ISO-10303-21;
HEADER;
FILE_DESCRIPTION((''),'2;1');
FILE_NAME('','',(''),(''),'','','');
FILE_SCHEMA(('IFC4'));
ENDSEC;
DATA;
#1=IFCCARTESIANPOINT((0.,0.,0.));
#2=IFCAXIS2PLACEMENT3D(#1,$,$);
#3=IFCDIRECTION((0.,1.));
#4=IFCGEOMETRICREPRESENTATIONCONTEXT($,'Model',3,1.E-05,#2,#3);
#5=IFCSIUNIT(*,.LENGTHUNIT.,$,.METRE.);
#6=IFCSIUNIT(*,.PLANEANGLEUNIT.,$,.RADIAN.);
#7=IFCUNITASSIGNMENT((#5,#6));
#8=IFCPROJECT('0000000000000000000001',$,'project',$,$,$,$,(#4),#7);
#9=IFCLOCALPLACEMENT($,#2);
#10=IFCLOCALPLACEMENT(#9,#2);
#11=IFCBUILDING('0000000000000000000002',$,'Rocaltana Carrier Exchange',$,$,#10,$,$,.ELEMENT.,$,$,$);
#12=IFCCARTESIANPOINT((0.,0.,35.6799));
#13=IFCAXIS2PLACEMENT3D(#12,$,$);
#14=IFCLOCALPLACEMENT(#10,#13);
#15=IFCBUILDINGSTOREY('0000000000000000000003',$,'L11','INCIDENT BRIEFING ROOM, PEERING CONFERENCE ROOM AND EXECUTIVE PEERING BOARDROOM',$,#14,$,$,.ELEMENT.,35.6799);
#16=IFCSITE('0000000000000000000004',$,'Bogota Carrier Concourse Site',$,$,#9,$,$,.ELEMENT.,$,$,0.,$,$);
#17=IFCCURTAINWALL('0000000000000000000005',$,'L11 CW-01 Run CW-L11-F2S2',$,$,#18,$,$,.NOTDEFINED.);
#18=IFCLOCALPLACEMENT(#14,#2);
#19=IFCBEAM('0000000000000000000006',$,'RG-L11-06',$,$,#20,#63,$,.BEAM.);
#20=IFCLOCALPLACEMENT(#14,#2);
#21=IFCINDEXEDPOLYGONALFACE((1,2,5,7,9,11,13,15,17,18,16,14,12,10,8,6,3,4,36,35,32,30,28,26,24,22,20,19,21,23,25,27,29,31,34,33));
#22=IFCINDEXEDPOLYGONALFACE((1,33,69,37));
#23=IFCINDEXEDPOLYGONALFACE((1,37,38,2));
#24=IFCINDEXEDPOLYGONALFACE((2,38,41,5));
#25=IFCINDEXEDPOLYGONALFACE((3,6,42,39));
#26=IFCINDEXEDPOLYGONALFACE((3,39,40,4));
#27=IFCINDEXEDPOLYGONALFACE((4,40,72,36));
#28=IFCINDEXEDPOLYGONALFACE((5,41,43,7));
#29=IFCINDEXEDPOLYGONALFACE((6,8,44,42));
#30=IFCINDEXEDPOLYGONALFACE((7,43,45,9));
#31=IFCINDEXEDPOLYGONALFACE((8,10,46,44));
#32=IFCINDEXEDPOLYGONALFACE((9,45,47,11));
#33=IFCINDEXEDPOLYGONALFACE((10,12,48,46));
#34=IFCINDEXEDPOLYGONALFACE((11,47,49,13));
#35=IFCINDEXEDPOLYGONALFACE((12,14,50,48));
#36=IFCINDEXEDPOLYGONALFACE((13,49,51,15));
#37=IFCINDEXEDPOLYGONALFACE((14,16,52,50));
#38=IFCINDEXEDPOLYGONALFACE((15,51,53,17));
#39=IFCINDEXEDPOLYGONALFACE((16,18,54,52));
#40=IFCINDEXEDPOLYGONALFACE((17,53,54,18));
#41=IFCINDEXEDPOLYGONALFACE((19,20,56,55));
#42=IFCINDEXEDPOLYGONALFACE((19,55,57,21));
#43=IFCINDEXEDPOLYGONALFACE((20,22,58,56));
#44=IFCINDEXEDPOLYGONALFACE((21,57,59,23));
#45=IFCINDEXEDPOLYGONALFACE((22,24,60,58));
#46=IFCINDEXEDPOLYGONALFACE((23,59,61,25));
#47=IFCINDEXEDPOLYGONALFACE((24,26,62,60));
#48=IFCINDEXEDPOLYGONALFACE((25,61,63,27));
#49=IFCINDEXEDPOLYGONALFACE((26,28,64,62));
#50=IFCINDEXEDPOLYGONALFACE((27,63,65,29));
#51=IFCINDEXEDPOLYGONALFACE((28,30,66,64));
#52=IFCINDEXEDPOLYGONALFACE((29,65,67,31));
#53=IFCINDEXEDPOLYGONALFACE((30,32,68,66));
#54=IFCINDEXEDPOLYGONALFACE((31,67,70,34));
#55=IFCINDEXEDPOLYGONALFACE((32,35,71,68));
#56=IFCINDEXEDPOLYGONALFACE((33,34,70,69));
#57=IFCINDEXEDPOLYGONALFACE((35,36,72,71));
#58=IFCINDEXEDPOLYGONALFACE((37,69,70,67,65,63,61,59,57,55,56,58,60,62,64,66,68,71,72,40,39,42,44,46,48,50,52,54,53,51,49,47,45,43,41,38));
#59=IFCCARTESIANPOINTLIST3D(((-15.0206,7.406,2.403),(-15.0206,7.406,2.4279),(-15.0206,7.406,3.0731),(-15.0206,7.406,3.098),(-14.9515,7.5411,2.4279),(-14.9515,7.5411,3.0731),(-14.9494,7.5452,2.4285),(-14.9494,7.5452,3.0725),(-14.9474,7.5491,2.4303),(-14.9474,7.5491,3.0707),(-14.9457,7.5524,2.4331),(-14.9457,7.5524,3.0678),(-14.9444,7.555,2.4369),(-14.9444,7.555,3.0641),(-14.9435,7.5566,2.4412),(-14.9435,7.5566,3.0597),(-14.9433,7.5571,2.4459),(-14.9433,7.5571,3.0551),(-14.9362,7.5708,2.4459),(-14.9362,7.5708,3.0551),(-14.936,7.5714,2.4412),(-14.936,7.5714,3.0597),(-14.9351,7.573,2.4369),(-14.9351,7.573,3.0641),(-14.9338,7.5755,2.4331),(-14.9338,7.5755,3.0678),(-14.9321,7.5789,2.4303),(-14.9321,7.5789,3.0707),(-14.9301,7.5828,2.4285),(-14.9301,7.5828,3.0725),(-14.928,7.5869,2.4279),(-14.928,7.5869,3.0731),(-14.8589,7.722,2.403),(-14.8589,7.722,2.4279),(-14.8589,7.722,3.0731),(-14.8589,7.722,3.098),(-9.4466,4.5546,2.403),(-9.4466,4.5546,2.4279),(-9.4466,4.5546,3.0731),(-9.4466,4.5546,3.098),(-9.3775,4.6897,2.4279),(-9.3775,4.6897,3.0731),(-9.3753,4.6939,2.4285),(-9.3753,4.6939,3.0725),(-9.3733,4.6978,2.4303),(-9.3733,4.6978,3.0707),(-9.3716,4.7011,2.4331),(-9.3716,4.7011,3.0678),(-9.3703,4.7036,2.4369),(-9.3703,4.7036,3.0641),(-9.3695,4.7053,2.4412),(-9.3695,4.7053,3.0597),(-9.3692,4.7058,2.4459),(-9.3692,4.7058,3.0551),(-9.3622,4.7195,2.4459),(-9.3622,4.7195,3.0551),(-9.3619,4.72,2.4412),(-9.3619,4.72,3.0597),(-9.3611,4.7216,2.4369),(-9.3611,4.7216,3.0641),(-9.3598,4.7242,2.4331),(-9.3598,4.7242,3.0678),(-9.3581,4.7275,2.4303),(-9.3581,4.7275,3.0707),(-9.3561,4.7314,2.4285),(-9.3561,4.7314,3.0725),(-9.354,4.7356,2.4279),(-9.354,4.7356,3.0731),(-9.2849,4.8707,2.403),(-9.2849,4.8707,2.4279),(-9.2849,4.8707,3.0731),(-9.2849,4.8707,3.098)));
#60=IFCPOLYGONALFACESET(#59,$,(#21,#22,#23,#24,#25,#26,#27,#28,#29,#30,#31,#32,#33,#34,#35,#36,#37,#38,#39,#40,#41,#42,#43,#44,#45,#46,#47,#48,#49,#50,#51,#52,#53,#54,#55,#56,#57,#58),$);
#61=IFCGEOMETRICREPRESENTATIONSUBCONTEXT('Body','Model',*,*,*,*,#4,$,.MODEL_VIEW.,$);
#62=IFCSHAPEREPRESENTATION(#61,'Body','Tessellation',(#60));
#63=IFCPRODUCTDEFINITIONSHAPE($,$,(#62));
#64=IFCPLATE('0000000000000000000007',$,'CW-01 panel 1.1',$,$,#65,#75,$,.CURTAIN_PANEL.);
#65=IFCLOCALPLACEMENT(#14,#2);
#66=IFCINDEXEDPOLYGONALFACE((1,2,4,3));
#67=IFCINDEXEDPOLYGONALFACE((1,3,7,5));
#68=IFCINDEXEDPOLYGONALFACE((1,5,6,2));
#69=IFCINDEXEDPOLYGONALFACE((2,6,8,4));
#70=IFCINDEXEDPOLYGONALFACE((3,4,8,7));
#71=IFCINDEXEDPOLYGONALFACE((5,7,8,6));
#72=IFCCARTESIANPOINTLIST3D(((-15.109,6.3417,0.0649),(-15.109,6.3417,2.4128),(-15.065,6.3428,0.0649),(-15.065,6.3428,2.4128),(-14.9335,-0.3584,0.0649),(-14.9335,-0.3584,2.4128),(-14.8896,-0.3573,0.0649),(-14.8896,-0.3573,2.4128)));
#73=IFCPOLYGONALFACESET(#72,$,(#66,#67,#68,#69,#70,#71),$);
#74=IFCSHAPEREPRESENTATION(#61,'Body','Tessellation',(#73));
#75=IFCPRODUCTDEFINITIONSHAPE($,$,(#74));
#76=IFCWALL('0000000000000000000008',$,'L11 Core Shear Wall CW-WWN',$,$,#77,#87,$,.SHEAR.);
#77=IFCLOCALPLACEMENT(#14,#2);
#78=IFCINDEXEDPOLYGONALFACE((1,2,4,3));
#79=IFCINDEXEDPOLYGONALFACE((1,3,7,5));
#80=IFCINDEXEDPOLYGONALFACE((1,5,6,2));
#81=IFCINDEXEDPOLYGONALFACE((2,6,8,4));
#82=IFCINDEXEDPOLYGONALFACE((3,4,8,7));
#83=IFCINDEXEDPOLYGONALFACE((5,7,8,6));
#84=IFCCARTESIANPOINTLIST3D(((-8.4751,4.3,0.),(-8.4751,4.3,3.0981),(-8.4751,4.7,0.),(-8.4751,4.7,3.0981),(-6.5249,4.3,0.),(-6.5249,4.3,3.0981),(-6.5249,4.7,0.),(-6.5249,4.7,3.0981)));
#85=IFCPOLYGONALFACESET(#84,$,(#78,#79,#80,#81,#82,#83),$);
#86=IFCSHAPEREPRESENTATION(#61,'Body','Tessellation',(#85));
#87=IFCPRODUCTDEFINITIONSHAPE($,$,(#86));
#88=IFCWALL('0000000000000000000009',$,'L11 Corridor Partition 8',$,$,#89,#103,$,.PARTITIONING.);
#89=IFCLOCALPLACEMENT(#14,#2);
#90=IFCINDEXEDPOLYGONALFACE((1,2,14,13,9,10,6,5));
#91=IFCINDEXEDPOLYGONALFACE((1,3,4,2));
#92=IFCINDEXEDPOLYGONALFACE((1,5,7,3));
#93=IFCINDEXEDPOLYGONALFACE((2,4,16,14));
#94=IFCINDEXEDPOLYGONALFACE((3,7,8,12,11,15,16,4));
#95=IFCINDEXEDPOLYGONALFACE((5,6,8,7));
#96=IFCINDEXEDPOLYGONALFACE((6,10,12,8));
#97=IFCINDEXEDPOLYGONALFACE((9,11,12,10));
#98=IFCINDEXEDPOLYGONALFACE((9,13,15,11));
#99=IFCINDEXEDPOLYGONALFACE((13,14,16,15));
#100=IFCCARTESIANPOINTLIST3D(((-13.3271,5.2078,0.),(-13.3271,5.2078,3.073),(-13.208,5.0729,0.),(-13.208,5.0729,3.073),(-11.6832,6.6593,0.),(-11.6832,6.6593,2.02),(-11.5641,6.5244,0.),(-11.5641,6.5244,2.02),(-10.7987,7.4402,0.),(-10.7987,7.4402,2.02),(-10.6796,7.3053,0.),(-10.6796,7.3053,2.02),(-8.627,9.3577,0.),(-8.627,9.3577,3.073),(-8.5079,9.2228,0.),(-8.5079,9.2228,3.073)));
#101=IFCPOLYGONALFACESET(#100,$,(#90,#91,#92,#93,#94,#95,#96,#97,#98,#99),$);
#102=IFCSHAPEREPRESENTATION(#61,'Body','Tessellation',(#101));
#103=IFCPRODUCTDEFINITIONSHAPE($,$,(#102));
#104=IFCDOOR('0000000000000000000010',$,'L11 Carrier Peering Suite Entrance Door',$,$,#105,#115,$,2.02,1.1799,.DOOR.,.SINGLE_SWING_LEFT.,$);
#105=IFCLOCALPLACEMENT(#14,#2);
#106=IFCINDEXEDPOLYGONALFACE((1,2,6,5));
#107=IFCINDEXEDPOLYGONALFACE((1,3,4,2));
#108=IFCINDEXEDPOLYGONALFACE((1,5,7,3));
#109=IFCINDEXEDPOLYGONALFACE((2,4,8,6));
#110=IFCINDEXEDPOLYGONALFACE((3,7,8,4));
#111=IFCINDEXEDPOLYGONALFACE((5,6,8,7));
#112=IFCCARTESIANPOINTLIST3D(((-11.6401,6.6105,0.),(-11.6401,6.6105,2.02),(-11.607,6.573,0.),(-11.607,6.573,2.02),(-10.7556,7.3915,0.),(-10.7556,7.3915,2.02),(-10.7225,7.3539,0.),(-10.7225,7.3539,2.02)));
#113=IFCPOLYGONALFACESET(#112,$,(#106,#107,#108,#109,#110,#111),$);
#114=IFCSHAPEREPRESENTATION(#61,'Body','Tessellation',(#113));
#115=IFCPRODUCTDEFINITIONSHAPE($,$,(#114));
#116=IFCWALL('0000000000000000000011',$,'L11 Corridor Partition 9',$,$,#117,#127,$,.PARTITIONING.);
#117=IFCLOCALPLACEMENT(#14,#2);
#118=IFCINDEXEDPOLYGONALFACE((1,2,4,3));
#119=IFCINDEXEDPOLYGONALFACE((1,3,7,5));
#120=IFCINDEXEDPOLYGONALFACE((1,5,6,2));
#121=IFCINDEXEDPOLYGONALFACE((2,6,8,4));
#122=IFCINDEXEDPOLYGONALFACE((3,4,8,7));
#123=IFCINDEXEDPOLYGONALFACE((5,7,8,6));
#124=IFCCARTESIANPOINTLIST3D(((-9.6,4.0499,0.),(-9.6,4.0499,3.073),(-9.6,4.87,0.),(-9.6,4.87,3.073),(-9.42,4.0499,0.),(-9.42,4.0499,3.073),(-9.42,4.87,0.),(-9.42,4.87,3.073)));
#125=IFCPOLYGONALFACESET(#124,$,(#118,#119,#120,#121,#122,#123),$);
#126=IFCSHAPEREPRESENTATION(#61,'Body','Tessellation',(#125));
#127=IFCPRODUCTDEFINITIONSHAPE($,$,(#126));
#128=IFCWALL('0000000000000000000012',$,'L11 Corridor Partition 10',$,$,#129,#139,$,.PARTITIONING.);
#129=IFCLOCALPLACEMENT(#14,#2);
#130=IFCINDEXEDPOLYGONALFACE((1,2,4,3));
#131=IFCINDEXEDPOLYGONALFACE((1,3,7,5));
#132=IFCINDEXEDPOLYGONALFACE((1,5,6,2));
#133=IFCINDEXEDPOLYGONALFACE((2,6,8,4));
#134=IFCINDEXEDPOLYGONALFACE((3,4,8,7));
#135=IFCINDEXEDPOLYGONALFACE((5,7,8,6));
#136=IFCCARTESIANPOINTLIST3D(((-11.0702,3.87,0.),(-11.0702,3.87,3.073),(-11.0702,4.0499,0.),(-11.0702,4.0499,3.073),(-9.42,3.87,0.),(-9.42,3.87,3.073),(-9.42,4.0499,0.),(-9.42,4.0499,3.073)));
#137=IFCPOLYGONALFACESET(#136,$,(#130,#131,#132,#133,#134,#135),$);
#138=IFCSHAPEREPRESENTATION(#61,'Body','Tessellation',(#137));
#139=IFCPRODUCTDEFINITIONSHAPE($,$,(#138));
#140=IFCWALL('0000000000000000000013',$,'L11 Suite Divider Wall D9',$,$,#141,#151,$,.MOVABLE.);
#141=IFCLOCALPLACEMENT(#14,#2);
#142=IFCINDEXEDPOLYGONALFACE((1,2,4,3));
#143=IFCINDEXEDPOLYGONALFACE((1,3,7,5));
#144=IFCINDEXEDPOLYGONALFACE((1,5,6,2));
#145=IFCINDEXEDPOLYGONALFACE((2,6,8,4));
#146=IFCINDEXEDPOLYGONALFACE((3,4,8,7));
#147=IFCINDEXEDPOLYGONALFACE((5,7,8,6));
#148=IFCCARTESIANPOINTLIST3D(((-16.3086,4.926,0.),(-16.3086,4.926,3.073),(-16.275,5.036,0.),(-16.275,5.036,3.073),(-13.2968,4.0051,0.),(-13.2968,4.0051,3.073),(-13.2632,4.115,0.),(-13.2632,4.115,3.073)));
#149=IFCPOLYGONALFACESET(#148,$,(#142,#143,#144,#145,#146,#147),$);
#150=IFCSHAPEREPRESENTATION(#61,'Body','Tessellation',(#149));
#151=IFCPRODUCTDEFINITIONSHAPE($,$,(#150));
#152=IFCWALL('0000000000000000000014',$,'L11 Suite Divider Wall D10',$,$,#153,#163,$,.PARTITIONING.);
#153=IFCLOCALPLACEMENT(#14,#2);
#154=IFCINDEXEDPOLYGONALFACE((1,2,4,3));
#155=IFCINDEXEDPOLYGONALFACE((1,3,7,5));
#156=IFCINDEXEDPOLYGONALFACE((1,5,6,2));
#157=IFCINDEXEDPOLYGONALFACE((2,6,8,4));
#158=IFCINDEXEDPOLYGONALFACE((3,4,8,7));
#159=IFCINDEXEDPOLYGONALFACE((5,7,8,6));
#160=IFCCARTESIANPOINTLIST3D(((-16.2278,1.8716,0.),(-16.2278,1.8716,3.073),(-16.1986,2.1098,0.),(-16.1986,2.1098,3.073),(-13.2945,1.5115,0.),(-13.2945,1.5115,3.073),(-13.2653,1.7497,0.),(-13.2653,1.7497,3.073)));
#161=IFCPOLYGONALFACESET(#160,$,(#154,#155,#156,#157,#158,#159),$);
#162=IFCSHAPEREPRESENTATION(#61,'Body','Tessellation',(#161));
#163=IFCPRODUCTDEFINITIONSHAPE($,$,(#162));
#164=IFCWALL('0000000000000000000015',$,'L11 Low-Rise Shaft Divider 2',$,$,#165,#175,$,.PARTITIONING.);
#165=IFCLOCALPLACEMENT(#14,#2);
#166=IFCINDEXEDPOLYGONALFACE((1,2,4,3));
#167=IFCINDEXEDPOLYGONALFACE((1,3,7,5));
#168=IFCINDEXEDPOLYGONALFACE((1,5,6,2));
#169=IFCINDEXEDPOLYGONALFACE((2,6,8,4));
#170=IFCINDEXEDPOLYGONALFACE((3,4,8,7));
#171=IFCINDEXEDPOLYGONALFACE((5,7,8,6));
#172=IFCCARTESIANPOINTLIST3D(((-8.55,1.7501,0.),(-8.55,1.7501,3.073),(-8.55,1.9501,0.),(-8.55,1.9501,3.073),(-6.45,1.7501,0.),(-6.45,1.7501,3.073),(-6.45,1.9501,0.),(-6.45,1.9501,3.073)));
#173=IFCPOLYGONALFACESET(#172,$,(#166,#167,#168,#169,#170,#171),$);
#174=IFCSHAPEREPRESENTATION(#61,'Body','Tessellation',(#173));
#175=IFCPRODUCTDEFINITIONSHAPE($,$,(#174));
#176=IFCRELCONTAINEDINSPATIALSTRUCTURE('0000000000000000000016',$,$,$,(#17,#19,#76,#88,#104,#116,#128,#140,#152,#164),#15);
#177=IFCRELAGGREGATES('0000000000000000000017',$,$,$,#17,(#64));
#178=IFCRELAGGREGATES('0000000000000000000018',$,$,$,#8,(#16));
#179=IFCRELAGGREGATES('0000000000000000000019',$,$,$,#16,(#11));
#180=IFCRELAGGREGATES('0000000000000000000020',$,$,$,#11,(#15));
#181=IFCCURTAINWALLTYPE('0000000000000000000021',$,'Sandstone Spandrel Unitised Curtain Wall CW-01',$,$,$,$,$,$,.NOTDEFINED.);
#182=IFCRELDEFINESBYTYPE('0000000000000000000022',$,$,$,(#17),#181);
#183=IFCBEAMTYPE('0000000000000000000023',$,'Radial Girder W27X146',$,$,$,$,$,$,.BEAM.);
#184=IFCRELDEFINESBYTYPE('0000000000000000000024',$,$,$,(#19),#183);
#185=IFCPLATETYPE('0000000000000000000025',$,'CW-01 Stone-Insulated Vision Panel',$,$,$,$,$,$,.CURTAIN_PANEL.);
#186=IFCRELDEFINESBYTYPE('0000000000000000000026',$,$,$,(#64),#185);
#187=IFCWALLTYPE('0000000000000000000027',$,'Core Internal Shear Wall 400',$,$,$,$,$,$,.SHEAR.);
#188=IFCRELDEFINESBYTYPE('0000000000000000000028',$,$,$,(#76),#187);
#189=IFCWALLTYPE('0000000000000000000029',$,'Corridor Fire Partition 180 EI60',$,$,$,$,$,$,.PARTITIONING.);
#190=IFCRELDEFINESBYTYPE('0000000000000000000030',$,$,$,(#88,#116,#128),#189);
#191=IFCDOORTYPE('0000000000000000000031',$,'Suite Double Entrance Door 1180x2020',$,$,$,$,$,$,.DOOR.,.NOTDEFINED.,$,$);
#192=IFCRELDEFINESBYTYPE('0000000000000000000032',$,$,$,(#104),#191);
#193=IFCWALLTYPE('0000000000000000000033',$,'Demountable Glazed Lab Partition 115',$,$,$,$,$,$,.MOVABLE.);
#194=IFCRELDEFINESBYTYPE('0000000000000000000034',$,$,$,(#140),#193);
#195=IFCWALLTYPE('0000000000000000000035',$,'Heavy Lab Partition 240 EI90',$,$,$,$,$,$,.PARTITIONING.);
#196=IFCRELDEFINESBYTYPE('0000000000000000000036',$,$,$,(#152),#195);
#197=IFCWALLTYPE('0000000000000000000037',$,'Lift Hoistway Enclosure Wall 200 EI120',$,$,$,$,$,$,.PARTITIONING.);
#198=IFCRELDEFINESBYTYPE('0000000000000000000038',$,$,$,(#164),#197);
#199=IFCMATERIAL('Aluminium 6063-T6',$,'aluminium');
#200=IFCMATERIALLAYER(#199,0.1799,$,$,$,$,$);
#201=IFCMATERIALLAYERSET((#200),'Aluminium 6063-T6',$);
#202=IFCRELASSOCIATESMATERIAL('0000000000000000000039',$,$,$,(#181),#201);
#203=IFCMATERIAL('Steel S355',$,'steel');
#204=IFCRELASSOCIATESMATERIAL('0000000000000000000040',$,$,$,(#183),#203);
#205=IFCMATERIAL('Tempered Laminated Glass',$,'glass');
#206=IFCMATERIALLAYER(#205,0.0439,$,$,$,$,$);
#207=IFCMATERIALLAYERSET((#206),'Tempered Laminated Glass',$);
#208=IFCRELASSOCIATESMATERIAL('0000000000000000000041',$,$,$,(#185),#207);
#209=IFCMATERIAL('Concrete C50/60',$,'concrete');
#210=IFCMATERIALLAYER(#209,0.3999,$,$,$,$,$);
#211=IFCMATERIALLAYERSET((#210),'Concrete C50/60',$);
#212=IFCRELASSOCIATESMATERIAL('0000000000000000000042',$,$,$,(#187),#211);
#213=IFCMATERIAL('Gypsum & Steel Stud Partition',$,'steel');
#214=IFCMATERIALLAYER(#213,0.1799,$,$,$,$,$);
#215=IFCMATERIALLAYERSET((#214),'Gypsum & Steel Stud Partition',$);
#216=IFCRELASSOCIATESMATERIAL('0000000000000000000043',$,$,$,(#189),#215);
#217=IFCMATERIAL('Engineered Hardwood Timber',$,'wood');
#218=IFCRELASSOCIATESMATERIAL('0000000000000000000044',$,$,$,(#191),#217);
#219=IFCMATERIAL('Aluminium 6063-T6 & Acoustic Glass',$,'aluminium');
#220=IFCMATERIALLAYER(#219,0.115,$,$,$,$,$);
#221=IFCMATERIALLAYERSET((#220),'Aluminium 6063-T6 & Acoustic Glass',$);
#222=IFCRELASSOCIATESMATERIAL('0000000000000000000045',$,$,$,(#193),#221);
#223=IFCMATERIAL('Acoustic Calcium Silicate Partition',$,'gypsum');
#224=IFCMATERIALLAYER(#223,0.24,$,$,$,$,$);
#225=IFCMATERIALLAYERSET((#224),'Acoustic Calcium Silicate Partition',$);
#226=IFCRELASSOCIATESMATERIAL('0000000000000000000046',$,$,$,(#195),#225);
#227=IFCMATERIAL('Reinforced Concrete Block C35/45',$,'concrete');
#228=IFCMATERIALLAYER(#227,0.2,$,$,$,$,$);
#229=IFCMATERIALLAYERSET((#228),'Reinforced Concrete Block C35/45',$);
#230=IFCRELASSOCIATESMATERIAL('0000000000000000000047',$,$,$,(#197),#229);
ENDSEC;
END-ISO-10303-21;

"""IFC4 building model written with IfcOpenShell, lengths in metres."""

from ifc_helpers import new_model, si_unit, direction, frame, frame_2d, origin, origin_2d, place, context, subcontext, project, spatial, rectangle, i_section, extrude, material, layer, layer_set, material_profile, profile_set, type_object, element, fill, aggregate, save


model = new_model("IFC4")

# Units and contexts
model_context = context("Model", 3, precision=1e-05, world=origin(), true_north=direction((0.0, 1.0)))
body_context = subcontext(model_context, "Body", "Model", "MODEL_VIEW")
ifc_project = project(units=[si_unit("LENGTHUNIT", "METRE"), si_unit("PLANEANGLEUNIT", "RADIAN")], contexts=[model_context])

# Site, building, storey
site_placement = place(None, origin())
site = spatial("IfcSite", under=ifc_project, at=site_placement, Name="Bogota Carrier Concourse Site", CompositionType="ELEMENT", RefElevation=0.0)
building_placement = place(site_placement, origin())
building = spatial("IfcBuilding", under=site, at=building_placement, Name="Rocaltana Carrier Exchange", CompositionType="ELEMENT")
storey_placement = place(building_placement, frame((0.0, 0.0, 35.6799)))
storey = spatial("IfcBuildingStorey", under=building, at=storey_placement, Name="L11", Description="INCIDENT BRIEFING ROOM, PEERING CONFERENCE ROOM AND EXECUTIVE PEERING BOARDROOM", CompositionType="ELEMENT", Elevation=35.6799)

# Curtain wall
ifc_material_1 = material(Name="Aluminium 6063-T6", Category="aluminium")
ifc_layer_1 = layer(ifc_material_1, 0.1799)
ifc_layer_set_1 = layer_set([ifc_layer_1], Name="Aluminium 6063-T6")
curtain_wall_type = type_object("IfcCurtainWallType", Name="Sandstone Spandrel Unitised Curtain Wall CW-01", PredefinedType="NOTDEFINED", material=ifc_layer_set_1)
curtain_wall_placement = place(storey_placement, origin())
curtain_wall = element("IfcCurtainWall", 1, at=curtain_wall_placement, inside=storey, type_object=curtain_wall_type, Name="L11 CW-01 Run CW-L11-F2S2", PredefinedType="NOTDEFINED")

# Beam
ifc_material_2 = material(Name="Steel S355", Category="steel")
ifc_material_profile_1 = material_profile(ifc_material_2, i_section(OverallWidth=0.355, OverallDepth=0.6951, WebThickness=0.0154, FlangeThickness=0.0249, FilletRadius=0.0181, at=origin_2d()), Name="W27X146")
ifc_profile_set_1 = profile_set([ifc_material_profile_1], Name="Steel S355")
beam_type_1 = type_object("IfcBeamType", Name="Radial Girder W27X146", PredefinedType="BEAM", material=ifc_profile_set_1)
beam_1_placement = place(storey_placement, frame((-9.3657, 4.7126, 2.7505), z_axis=(-0.890279, 0.455415, 0.0), x_axis=(-0.455415, -0.890279, 0.0)))
element("IfcBeam", 2, at=beam_1_placement, inside=storey, type_object=beam_type_1, Name="RG-L11-06", PredefinedType="BEAM", context=body_context, shape_type="SweptSolid", body=[
    extrude(i_section(OverallWidth=0.355, OverallDepth=0.6951, WebThickness=0.0154, FlangeThickness=0.0249, FilletRadius=0.0181, at=origin_2d()), origin(), (0.0, 0.0, 1.0), 6.261),
])

# Plate
ifc_material_3 = material(Name="Tempered Laminated Glass", Category="glass")
ifc_layer_2 = layer(ifc_material_3, 0.0439)
ifc_layer_set_2 = layer_set([ifc_layer_2], Name="Tempered Laminated Glass")
plate_type = type_object("IfcPlateType", Name="CW-01 Stone-Insulated Vision Panel", PredefinedType="CURTAIN_PANEL", material=ifc_layer_set_2)
plate_placement = place(storey_placement, frame((-14.9993, 2.9922, 0.0649), z_axis=(0.0, 0.0, 1.0), x_axis=(0.026177, -0.999657, 0.0)))
plate = element("IfcPlate", 3, at=plate_placement, type_object=plate_type, Name="CW-01 panel 1.1", PredefinedType="CURTAIN_PANEL", context=body_context, shape_type="SweptSolid", body=[
    extrude(rectangle(XDim=6.7024, YDim=0.0439, at=origin_2d()), origin(), (0.0, 0.0, 1.0), 2.3479),
])
aggregate(curtain_wall, [plate])

# Wall
ifc_material_4 = material(Name="Concrete C50/60", Category="concrete")
ifc_layer_3 = layer(ifc_material_4, 0.3999)
ifc_layer_set_3 = layer_set([ifc_layer_3], Name="Concrete C50/60")
wall_type_1 = type_object("IfcWallType", Name="Core Internal Shear Wall 400", PredefinedType="SHEAR", material=ifc_layer_set_3)
wall_1_placement = place(storey_placement, frame((-8.4751, 4.5, 0.0), z_axis=(0.0, 0.0, 1.0), x_axis=(1.0, 0.0, 0.0)))
element("IfcWall", 4, at=wall_1_placement, inside=storey, type_object=wall_type_1, Name="L11 Core Shear Wall CW-WWN", PredefinedType="SHEAR", context=body_context, shape_type="SweptSolid", body=[
    extrude(rectangle(XDim=1.9502, YDim=0.3999, at=frame_2d((0.9751, 0.0))), origin(), (0.0, 0.0, 1.0), 3.0981),
])

# Wall, opening, door
ifc_material_5 = material(Name="Gypsum & Steel Stud Partition", Category="steel")
ifc_layer_4 = layer(ifc_material_5, 0.1799)
ifc_layer_set_4 = layer_set([ifc_layer_4], Name="Gypsum & Steel Stud Partition")
wall_type_2 = type_object("IfcWallType", Name="Corridor Fire Partition 180 EI60", PredefinedType="PARTITIONING", material=ifc_layer_set_4)
wall_2_placement = place(storey_placement, frame((-13.2676, 5.1404, 0.0), z_axis=(0.0, 0.0, 1.0), x_axis=(0.749626, 0.661861, 0.0)))
wall_2 = element("IfcWall", 5, at=wall_2_placement, inside=storey, type_object=wall_type_2, Name="L11 Corridor Partition 8", PredefinedType="PARTITIONING", context=body_context, shape_type="SweptSolid", body=[
    extrude(rectangle(XDim=6.27, YDim=0.1799, at=frame_2d((3.135, 0.0))), origin(), (0.0, 0.0, 1.0), 3.073),
])
opening_placement = place(wall_2_placement, frame((2.1931, 0.0, 0.0)))
opening = element("IfcOpeningElement", 6, at=opening_placement, cuts=wall_2, PredefinedType="OPENING", context=body_context, shape_type="SweptSolid", body=[
    extrude(rectangle(XDim=1.1799, YDim=2.02, at=frame_2d((0.5898, 1.01))), frame((0.0, 0.0999, 0.0), z_axis=(0.0, -1.0, 0.0), x_axis=(1.0, 0.0, 0.0)), (0.0, 0.0, 1.0), 0.2),
])
ifc_material_6 = material(Name="Engineered Hardwood Timber", Category="wood")
door_type = type_object("IfcDoorType", Name="Suite Double Entrance Door 1180x2020", OperationType="NOTDEFINED", PredefinedType="DOOR", material=ifc_material_6)
door_placement = place(opening_placement, origin())
door = element("IfcDoor", 7, at=door_placement, inside=storey, type_object=door_type, Name="L11 Carrier Peering Suite Entrance Door", OperationType="SINGLE_SWING_LEFT", OverallHeight=2.02, OverallWidth=1.1799, PredefinedType="DOOR", context=body_context, shape_type="SweptSolid", body=[
    extrude(rectangle(XDim=1.1799, YDim=2.02, at=frame_2d((0.5898, 1.01))), frame((0.0, 0.0249, 0.0), z_axis=(0.0, -1.0, 0.0), x_axis=(1.0, 0.0, 0.0)), (0.0, 0.0, 1.0), 0.05),
])
fill(opening, door)

# Walls
wall_3_placement = place(storey_placement, frame((-9.51, 4.8701, 0.0), z_axis=(0.0, 0.0, 1.0), x_axis=(0.0, -1.0, 0.0)))
element("IfcWall", 8, at=wall_3_placement, inside=storey, type_object=wall_type_2, Name="L11 Corridor Partition 9", PredefinedType="PARTITIONING", context=body_context, shape_type="SweptSolid", body=[
    extrude(rectangle(XDim=0.8201, YDim=0.1799, at=frame_2d((0.4102, 0.0))), origin(), (0.0, 0.0, 1.0), 3.073),
])
wall_4_placement = place(storey_placement, frame((-9.4199, 3.96, 0.0), z_axis=(0.0, 0.0, 1.0), x_axis=(-1.0, 0.0, 0.0)))
element("IfcWall", 9, at=wall_4_placement, inside=storey, type_object=wall_type_2, Name="L11 Corridor Partition 10", PredefinedType="PARTITIONING", context=body_context, shape_type="SweptSolid", body=[
    extrude(rectangle(XDim=1.6501, YDim=0.1799, at=frame_2d((0.8252, 0.0))), origin(), (0.0, 0.0, 1.0), 3.073),
])
ifc_material_7 = material(Name="Aluminium 6063-T6 & Acoustic Glass", Category="aluminium")
ifc_layer_5 = layer(ifc_material_7, 0.115)
ifc_layer_set_5 = layer_set([ifc_layer_5], Name="Aluminium 6063-T6 & Acoustic Glass")
wall_type_3 = type_object("IfcWallType", Name="Demountable Glazed Lab Partition 115", PredefinedType="MOVABLE", material=ifc_layer_set_5)
wall_5_placement = place(storey_placement, frame((-13.28, 4.0601, 0.0), z_axis=(0.0, 0.0, 1.0), x_axis=(-0.956294, 0.292408, 0.0)))
element("IfcWall", 10, at=wall_5_placement, inside=storey, type_object=wall_type_3, Name="L11 Suite Divider Wall D9", PredefinedType="MOVABLE", context=body_context, shape_type="SweptSolid", body=[
    extrude(rectangle(XDim=3.1494, YDim=0.115, at=frame_2d((1.5747, 0.0))), origin(), (0.0, 0.0, 1.0), 3.073),
])
ifc_material_8 = material(Name="Acoustic Calcium Silicate Partition", Category="gypsum")
ifc_layer_6 = layer(ifc_material_8, 0.24)
ifc_layer_set_6 = layer_set([ifc_layer_6], Name="Acoustic Calcium Silicate Partition")
wall_type_4 = type_object("IfcWallType", Name="Heavy Lab Partition 240 EI90", PredefinedType="PARTITIONING", material=ifc_layer_set_6)
wall_6_placement = place(storey_placement, frame((-13.28, 1.6306, 0.0), z_axis=(0.0, 0.0, 1.0), x_axis=(-0.992549, 0.121848, 0.0)))
element("IfcWall", 11, at=wall_6_placement, inside=storey, type_object=wall_type_4, Name="L11 Suite Divider Wall D10", PredefinedType="PARTITIONING", context=body_context, shape_type="SweptSolid", body=[
    extrude(rectangle(XDim=2.9553, YDim=0.24, at=frame_2d((1.4775, 0.0))), origin(), (0.0, 0.0, 1.0), 3.073),
])
ifc_material_9 = material(Name="Reinforced Concrete Block C35/45", Category="concrete")
ifc_layer_7 = layer(ifc_material_9, 0.2)
ifc_layer_set_7 = layer_set([ifc_layer_7], Name="Reinforced Concrete Block C35/45")
wall_type_5 = type_object("IfcWallType", Name="Lift Hoistway Enclosure Wall 200 EI120", PredefinedType="PARTITIONING", material=ifc_layer_set_7)
wall_7_placement = place(storey_placement, frame((-8.55, 1.8501, 0.0), z_axis=(0.0, 0.0, 1.0), x_axis=(1.0, 0.0, 0.0)))
element("IfcWall", 12, at=wall_7_placement, inside=storey, type_object=wall_type_5, Name="L11 Low-Rise Shaft Divider 2", PredefinedType="PARTITIONING", context=body_context, shape_type="SweptSolid", body=[
    extrude(rectangle(XDim=2.1001, YDim=0.2, at=frame_2d((1.05, 0.0))), origin(), (0.0, 0.0, 1.0), 3.073),
])

save(model, "model.ifc")
